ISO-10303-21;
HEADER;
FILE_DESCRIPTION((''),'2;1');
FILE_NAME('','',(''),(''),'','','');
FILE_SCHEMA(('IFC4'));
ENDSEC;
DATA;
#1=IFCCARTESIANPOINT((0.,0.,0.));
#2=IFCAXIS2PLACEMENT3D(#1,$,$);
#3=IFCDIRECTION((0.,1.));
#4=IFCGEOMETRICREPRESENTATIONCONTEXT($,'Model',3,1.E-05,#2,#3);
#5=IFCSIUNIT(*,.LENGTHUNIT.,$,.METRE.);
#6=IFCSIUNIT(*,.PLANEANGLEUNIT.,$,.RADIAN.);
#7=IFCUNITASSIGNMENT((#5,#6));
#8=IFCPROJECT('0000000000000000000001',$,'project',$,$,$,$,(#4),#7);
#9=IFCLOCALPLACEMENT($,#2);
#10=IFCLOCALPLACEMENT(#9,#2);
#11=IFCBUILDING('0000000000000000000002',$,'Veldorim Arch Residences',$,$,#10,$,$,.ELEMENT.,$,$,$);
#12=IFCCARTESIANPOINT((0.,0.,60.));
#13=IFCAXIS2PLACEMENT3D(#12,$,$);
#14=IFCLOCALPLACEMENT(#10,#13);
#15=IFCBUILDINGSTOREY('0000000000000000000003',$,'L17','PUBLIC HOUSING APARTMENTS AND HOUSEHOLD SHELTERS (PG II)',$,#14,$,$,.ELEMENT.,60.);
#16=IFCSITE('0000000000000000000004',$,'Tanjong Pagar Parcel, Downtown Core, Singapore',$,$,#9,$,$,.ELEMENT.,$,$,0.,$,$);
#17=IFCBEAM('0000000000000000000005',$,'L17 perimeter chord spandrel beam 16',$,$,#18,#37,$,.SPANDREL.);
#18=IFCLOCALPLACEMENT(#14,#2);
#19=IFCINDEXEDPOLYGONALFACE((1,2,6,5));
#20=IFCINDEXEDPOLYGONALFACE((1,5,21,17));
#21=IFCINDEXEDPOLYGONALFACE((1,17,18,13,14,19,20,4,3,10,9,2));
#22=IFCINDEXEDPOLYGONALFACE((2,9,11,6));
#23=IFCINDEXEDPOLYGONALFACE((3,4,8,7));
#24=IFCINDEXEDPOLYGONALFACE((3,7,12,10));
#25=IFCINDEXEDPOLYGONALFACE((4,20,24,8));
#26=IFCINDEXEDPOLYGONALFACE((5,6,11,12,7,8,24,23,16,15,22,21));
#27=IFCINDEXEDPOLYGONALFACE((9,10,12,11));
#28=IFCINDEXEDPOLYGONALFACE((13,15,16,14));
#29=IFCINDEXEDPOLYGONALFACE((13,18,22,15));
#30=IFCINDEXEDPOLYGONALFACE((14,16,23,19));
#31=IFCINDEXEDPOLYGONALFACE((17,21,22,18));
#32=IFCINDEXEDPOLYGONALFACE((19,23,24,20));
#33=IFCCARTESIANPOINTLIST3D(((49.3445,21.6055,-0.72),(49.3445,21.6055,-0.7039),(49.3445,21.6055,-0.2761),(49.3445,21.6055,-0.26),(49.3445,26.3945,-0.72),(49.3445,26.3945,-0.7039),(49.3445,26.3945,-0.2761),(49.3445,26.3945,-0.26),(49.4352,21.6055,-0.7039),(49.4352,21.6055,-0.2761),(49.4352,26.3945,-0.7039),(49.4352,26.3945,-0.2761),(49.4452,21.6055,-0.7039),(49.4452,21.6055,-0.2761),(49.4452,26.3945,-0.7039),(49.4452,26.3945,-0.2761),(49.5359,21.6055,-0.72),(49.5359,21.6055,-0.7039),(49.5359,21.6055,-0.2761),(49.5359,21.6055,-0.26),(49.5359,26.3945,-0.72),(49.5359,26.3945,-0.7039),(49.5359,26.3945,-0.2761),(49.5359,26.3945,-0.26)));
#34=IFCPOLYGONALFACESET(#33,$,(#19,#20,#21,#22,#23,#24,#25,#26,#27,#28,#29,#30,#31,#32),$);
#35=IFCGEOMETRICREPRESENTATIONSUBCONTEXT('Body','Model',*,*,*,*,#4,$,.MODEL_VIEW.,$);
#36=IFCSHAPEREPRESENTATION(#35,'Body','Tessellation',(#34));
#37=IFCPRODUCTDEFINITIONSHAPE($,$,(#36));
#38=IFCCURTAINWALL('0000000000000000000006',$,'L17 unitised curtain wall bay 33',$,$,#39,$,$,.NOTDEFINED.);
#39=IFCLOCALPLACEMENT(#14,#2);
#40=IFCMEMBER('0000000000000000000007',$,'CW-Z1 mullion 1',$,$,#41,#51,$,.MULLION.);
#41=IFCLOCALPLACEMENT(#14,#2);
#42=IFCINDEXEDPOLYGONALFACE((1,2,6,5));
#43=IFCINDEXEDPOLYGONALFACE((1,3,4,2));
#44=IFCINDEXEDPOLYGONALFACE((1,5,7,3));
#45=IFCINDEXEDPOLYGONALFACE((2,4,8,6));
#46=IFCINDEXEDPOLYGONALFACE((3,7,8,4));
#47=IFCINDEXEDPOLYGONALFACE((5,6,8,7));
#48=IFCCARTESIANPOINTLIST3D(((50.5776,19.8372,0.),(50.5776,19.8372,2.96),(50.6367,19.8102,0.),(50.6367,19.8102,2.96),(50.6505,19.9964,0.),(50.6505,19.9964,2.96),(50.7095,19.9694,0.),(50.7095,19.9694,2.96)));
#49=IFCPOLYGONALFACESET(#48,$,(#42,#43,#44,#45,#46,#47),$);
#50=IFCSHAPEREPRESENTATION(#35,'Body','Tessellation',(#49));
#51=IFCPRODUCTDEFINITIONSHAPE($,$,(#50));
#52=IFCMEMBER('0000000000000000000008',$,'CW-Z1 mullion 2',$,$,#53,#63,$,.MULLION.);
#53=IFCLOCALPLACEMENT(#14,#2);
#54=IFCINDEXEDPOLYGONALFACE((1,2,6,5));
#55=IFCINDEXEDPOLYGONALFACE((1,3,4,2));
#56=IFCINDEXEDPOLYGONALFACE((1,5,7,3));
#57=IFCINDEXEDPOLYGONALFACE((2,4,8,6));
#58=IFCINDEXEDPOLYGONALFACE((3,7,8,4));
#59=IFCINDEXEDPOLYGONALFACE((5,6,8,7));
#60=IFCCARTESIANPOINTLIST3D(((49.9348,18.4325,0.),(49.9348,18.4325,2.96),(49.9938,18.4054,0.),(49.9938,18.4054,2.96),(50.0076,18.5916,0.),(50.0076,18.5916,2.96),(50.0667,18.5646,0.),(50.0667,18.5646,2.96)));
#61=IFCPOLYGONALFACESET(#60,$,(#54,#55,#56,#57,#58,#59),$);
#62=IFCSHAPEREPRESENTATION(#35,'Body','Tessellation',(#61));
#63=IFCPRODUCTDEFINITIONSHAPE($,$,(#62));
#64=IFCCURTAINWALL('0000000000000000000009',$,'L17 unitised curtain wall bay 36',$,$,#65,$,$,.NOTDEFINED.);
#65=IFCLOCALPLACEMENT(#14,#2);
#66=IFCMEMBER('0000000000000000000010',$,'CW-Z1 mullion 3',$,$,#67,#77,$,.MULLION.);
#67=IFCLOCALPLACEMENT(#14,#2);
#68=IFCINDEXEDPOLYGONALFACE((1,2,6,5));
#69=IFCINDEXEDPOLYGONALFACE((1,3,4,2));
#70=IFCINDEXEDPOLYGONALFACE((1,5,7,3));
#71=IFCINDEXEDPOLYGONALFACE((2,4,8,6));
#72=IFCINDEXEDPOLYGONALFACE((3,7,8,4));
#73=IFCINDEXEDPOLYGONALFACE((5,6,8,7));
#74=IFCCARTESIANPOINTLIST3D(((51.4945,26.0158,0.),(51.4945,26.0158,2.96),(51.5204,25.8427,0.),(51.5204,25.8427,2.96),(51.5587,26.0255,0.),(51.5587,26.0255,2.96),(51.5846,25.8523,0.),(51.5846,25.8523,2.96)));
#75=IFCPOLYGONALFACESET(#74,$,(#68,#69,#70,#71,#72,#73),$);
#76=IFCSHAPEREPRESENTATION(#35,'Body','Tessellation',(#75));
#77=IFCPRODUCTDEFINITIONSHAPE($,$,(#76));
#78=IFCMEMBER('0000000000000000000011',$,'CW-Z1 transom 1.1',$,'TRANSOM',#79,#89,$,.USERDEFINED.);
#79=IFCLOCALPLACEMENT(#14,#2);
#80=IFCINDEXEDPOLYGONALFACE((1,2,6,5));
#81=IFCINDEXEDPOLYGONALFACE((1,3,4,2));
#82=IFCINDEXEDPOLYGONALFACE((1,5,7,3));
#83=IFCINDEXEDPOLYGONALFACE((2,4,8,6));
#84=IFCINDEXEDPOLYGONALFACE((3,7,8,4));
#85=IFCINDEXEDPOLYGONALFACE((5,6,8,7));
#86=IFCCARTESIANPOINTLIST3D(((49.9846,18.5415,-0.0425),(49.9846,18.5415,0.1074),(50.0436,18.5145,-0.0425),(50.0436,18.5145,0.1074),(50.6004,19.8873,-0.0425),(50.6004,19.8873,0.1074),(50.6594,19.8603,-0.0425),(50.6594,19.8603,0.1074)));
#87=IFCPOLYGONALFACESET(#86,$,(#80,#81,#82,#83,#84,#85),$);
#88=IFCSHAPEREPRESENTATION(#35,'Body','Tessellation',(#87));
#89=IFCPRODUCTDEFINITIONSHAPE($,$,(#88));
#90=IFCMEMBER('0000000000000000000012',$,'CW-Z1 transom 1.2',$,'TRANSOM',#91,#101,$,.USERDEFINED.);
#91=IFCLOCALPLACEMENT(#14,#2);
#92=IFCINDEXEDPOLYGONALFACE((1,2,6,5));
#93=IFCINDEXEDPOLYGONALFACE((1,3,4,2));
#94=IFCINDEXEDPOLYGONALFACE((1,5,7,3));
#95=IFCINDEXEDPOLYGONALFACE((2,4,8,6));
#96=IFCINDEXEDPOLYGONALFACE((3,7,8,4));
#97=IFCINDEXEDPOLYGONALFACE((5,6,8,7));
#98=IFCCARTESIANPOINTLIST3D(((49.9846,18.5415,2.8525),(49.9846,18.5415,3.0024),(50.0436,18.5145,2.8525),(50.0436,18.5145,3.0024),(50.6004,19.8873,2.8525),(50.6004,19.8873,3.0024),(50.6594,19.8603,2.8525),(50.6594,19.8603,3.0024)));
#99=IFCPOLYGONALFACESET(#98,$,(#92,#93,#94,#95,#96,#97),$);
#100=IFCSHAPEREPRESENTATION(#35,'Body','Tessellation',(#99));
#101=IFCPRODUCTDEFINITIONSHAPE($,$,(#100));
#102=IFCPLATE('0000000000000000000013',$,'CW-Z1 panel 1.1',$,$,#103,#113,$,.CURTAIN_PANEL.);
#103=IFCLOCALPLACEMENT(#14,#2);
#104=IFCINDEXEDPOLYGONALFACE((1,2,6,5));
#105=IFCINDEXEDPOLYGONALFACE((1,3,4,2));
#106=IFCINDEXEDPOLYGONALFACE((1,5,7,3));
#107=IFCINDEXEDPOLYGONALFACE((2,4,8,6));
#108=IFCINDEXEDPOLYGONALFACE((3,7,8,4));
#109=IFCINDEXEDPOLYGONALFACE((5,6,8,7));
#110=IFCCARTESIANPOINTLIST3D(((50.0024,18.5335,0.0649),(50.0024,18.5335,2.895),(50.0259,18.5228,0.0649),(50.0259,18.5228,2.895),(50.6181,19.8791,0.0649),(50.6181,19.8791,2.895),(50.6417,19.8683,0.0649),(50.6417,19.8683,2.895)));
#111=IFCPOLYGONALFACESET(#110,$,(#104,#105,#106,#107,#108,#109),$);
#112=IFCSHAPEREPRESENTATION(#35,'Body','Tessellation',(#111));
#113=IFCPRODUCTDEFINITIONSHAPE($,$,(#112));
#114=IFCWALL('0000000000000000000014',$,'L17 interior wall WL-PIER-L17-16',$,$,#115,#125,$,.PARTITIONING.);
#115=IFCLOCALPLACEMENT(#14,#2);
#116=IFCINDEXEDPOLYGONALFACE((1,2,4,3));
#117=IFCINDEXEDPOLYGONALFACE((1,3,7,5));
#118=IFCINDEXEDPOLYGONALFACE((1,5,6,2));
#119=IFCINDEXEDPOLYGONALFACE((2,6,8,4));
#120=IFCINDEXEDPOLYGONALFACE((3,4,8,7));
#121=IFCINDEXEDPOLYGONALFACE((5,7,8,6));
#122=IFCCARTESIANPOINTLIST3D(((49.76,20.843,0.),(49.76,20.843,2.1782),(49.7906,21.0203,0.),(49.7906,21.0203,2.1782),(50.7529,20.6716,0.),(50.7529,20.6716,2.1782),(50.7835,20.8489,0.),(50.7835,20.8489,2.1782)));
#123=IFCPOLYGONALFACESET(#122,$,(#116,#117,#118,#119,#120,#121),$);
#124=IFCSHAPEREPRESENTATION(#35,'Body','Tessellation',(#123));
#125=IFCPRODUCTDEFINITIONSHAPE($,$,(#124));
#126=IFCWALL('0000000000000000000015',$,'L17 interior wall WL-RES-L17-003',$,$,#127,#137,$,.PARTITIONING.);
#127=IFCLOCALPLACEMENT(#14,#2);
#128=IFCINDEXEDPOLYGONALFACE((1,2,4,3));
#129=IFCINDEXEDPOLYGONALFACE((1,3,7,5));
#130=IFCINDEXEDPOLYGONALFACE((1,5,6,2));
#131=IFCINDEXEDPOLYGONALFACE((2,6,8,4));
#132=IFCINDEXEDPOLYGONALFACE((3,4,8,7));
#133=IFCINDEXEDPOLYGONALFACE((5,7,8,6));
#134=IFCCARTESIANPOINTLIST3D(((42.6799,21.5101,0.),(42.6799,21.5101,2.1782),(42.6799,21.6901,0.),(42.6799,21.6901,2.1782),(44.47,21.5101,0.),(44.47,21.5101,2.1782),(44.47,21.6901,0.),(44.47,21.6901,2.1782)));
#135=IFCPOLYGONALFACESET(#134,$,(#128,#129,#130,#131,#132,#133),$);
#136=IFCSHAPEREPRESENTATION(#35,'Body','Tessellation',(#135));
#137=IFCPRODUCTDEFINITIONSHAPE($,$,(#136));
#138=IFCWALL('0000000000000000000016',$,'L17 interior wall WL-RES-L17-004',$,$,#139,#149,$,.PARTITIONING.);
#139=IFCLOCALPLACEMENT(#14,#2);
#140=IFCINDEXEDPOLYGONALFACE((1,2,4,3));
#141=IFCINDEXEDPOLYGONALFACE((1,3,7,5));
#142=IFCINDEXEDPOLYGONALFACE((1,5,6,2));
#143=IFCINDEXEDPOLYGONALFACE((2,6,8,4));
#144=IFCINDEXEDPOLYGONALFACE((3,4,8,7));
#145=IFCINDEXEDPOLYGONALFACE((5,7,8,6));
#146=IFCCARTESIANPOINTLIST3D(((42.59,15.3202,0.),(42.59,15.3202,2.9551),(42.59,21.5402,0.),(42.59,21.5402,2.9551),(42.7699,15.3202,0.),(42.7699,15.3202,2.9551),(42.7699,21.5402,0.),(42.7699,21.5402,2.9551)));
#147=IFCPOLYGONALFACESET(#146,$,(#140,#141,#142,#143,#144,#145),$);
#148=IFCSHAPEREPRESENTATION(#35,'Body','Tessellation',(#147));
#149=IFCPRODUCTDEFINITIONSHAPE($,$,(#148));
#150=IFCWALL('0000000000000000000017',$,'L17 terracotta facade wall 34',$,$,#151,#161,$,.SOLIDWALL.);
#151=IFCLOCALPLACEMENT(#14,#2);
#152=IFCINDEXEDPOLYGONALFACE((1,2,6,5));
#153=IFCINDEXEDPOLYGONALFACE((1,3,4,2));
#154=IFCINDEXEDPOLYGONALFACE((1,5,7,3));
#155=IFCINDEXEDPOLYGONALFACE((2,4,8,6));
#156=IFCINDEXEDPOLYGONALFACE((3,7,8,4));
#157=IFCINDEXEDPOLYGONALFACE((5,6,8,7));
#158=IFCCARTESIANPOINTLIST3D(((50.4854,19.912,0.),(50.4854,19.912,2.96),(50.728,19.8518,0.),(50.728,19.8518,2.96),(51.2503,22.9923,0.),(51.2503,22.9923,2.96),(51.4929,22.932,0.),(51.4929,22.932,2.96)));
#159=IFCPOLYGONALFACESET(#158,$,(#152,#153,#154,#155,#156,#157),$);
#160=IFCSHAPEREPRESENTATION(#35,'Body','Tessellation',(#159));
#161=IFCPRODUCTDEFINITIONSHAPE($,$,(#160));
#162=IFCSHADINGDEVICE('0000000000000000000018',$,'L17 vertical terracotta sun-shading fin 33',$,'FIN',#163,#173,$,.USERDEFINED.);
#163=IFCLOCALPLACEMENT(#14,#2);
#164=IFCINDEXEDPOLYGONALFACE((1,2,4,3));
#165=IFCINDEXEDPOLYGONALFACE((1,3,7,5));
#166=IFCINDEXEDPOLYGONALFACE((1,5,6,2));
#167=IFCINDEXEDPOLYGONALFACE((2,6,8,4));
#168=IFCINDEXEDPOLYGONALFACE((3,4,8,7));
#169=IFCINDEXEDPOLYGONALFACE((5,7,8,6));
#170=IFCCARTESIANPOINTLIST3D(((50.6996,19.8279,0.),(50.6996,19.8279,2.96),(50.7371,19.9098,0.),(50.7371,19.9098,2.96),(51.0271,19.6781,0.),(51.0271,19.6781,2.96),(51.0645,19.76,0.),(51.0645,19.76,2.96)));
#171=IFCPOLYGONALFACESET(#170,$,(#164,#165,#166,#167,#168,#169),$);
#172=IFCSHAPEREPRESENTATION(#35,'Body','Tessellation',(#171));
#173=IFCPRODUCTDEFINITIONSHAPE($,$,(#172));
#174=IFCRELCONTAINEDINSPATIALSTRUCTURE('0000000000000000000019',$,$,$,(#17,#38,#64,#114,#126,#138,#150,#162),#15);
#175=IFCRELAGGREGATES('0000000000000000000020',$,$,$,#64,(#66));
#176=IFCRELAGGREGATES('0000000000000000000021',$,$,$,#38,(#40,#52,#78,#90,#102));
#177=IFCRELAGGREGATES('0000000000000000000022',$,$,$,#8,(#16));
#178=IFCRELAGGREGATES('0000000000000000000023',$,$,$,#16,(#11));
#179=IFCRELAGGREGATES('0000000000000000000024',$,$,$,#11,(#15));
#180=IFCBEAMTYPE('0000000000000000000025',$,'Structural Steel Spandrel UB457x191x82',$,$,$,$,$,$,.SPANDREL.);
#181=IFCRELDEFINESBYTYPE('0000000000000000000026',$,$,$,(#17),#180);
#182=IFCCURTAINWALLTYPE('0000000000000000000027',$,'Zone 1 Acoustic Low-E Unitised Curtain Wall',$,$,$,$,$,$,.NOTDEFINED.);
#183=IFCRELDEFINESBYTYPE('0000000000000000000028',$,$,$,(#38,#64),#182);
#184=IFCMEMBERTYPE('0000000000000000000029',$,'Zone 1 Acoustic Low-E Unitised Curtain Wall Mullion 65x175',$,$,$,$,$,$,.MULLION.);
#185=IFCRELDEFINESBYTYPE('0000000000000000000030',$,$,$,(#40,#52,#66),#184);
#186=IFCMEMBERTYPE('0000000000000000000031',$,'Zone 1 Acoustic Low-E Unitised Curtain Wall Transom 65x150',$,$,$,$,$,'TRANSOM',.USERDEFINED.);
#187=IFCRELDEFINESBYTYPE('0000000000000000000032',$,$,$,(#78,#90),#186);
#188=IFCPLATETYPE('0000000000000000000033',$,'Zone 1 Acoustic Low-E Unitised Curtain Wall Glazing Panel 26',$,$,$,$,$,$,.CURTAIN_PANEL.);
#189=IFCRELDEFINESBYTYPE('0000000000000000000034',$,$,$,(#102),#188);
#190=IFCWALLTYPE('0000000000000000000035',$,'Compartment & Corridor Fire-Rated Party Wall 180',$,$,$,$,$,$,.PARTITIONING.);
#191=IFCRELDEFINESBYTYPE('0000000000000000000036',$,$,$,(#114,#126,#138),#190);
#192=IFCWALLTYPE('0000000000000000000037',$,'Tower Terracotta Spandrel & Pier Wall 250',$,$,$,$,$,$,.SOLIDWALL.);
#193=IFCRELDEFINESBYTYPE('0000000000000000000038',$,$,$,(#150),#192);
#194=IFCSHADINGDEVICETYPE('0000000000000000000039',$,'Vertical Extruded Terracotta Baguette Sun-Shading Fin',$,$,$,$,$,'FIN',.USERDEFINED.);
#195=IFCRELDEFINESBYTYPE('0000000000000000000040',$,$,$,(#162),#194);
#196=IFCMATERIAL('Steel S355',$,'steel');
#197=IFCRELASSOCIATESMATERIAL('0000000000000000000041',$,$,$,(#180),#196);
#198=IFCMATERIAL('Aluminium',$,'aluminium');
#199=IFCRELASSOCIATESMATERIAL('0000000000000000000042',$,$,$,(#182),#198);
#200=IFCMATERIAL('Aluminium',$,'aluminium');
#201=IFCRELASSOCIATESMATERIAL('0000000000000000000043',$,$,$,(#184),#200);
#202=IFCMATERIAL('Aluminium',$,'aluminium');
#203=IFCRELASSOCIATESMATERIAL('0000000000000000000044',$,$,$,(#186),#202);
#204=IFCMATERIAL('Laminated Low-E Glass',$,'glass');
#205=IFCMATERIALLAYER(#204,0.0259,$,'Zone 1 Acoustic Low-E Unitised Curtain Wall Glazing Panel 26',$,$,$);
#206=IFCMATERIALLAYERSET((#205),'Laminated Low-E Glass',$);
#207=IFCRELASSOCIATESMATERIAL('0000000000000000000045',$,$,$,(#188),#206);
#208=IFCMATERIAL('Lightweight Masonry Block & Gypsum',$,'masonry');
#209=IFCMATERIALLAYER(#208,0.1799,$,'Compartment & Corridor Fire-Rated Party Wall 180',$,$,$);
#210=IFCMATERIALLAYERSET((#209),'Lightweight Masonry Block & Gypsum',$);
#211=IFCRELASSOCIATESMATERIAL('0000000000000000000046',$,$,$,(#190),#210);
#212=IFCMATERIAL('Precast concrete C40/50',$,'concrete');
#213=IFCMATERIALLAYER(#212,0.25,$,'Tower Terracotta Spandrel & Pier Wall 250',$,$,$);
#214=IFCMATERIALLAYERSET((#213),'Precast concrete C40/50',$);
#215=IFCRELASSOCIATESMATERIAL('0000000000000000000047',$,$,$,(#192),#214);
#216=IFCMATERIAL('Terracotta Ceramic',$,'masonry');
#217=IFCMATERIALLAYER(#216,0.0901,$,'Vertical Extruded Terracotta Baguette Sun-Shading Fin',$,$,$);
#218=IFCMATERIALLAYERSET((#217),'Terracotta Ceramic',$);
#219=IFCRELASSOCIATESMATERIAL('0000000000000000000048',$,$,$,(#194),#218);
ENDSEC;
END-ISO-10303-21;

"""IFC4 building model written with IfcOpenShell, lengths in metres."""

from ifc_helpers import new_model, si_unit, direction, frame, frame_2d, origin, origin_2d, place, context, subcontext, project, spatial, rectangle, i_section, extrude, material, layer, layer_set, material_profile, profile_set, type_object, element, aggregate, save


model = new_model("IFC4")

# Units and contexts
model_context = context("Model", 3, precision=1e-05, world=origin(), true_north=direction((0.0, 1.0)))
body_context = subcontext(model_context, "Body", "Model", "MODEL_VIEW")
ifc_project = project(units=[si_unit("LENGTHUNIT", "METRE"), si_unit("PLANEANGLEUNIT", "RADIAN")], contexts=[model_context])

# Site, building, storey
site_placement = place(None, origin())
site = spatial("IfcSite", under=ifc_project, at=site_placement, Name="Tanjong Pagar Parcel, Downtown Core, Singapore", CompositionType="ELEMENT", RefElevation=0.0)
building_placement = place(site_placement, origin())
building = spatial("IfcBuilding", under=site, at=building_placement, Name="Veldorim Arch Residences", CompositionType="ELEMENT")
storey_placement = place(building_placement, frame((0.0, 0.0, 60.0)))
storey = spatial("IfcBuildingStorey", under=building, at=storey_placement, Name="L17", Description="PUBLIC HOUSING APARTMENTS AND HOUSEHOLD SHELTERS (PG II)", CompositionType="ELEMENT", Elevation=60.0)

# Beam
ifc_material_1 = material(Name="Steel S355", Category="steel")
ifc_material_profile_1 = material_profile(ifc_material_1, i_section(OverallWidth=0.1914, OverallDepth=0.46, WebThickness=0.01, FlangeThickness=0.0161, at=origin_2d()), Name="UB457x191x82")
ifc_profile_set_1 = profile_set([ifc_material_profile_1], Name="Steel S355")
beam_type_1 = type_object("IfcBeamType", Name="Structural Steel Spandrel UB457x191x82", PredefinedType="SPANDREL", material=ifc_profile_set_1)
beam_1_placement = place(storey_placement, frame((49.4402, 21.6055, -0.49), z_axis=(0.0, 1.0, 0.0), x_axis=(-1.0, 0.0, 0.0)))
element("IfcBeam", 1, at=beam_1_placement, inside=storey, type_object=beam_type_1, Name="L17 perimeter chord spandrel beam 16", PredefinedType="SPANDREL", context=body_context, shape_type="SweptSolid", body=[
    extrude(i_section(OverallWidth=0.1914, OverallDepth=0.46, WebThickness=0.01, FlangeThickness=0.0161, at=origin_2d()), origin(), (0.0, 0.0, 1.0), 4.7891),
])

# Curtain wall, members
ifc_material_2 = material(Name="Aluminium", Category="aluminium")
curtain_wall_type = type_object("IfcCurtainWallType", Name="Zone 1 Acoustic Low-E Unitised Curtain Wall", PredefinedType="NOTDEFINED", material=ifc_material_2)
curtain_wall_1_placement = place(storey_placement, origin())
curtain_wall_1 = element("IfcCurtainWall", 2, at=curtain_wall_1_placement, inside=storey, type_object=curtain_wall_type, Name="L17 unitised curtain wall bay 33", PredefinedType="NOTDEFINED")
ifc_material_3 = material(Name="Aluminium", Category="aluminium")
ifc_material_profile_2 = material_profile(ifc_material_3, rectangle(XDim=0.0649, YDim=0.175, at=origin_2d()), Name="ALU_MUL_65x175")
ifc_profile_set_2 = profile_set([ifc_material_profile_2], Name="Aluminium")
member_type_1 = type_object("IfcMemberType", Name="Zone 1 Acoustic Low-E Unitised Curtain Wall Mullion 65x175", PredefinedType="MULLION", material=ifc_profile_set_2)
member_1_placement = place(storey_placement, frame((50.6436, 19.9033, 0.0), z_axis=(0.0, 0.0, 1.0), x_axis=(0.909303, -0.416135, 0.0)))
member_1 = element("IfcMember", 3, at=member_1_placement, type_object=member_type_1, Name="CW-Z1 mullion 1", PredefinedType="MULLION", context=body_context, shape_type="SweptSolid", body=[
    extrude(rectangle(XDim=0.0649, YDim=0.175, at=origin_2d()), origin(), (0.0, 0.0, 1.0), 2.96),
])
member_2_placement = place(storey_placement, frame((50.0007, 18.4985, 0.0), z_axis=(0.0, 0.0, 1.0), x_axis=(0.909303, -0.416135, 0.0)))
member_2 = element("IfcMember", 4, at=member_2_placement, type_object=member_type_1, Name="CW-Z1 mullion 2", PredefinedType="MULLION", context=body_context, shape_type="SweptSolid", body=[
    extrude(rectangle(XDim=0.0649, YDim=0.175, at=origin_2d()), origin(), (0.0, 0.0, 1.0), 2.96),
])

# Curtain wall, member
curtain_wall_2_placement = place(storey_placement, origin())
curtain_wall_2 = element("IfcCurtainWall", 5, at=curtain_wall_2_placement, inside=storey, type_object=curtain_wall_type, Name="L17 unitised curtain wall bay 36", PredefinedType="NOTDEFINED")
member_3_placement = place(storey_placement, frame((51.5396, 25.9341, 0.0), z_axis=(0.0, 0.0, 1.0), x_axis=(0.988941, 0.148306, 0.0)))
member_3 = element("IfcMember", 6, at=member_3_placement, type_object=member_type_1, Name="CW-Z1 mullion 3", PredefinedType="MULLION", context=body_context, shape_type="SweptSolid", body=[
    extrude(rectangle(XDim=0.0649, YDim=0.175, at=origin_2d()), origin(), (0.0, 0.0, 1.0), 2.96),
])
aggregate(curtain_wall_2, [member_3])

# Members
ifc_material_4 = material(Name="Aluminium", Category="aluminium")
ifc_material_profile_3 = material_profile(ifc_material_4, rectangle(XDim=0.0649, YDim=0.1499, at=origin_2d()), Name="ALU_TRN_65x150")
ifc_profile_set_3 = profile_set([ifc_material_profile_3], Name="Aluminium")
member_type_2 = type_object("IfcMemberType", Name="Zone 1 Acoustic Low-E Unitised Curtain Wall Transom 65x150", ElementType="TRANSOM", PredefinedType="USERDEFINED", material=ifc_profile_set_3)
member_4_placement = place(storey_placement, frame((50.6299, 19.8738, 0.0325), z_axis=(-0.416064, -0.909335, 0.0), x_axis=(0.909335, -0.416064, 0.0)))
member_4 = element("IfcMember", 7, at=member_4_placement, type_object=member_type_2, Name="CW-Z1 transom 1.1", ObjectType="TRANSOM", PredefinedType="USERDEFINED", context=body_context, shape_type="SweptSolid", body=[
    extrude(rectangle(XDim=0.0649, YDim=0.1499, at=origin_2d()), origin(), (0.0, 0.0, 1.0), 1.48),
])
member_5_placement = place(storey_placement, frame((50.6299, 19.8738, 2.9275), z_axis=(-0.416064, -0.909335, 0.0), x_axis=(0.909335, -0.416064, 0.0)))
member_5 = element("IfcMember", 8, at=member_5_placement, type_object=member_type_2, Name="CW-Z1 transom 1.2", ObjectType="TRANSOM", PredefinedType="USERDEFINED", context=body_context, shape_type="SweptSolid", body=[
    extrude(rectangle(XDim=0.0649, YDim=0.1499, at=origin_2d()), origin(), (0.0, 0.0, 1.0), 1.48),
])

# Plate
ifc_material_5 = material(Name="Laminated Low-E Glass", Category="glass")
ifc_layer_1 = layer(ifc_material_5, 0.0259, Name="Zone 1 Acoustic Low-E Unitised Curtain Wall Glazing Panel 26")
ifc_layer_set_1 = layer_set([ifc_layer_1], Name="Laminated Low-E Glass")
plate_type = type_object("IfcPlateType", Name="Zone 1 Acoustic Low-E Unitised Curtain Wall Glazing Panel 26", PredefinedType="CURTAIN_PANEL", material=ifc_layer_set_1)
plate_placement = place(storey_placement, frame((50.322, 19.2009, 0.0649), z_axis=(0.0, 0.0, 1.0), x_axis=(-0.416135, -0.909303, 0.0)))
plate = element("IfcPlate", 9, at=plate_placement, type_object=plate_type, Name="CW-Z1 panel 1.1", PredefinedType="CURTAIN_PANEL", context=body_context, shape_type="SweptSolid", body=[
    extrude(rectangle(XDim=1.4797, YDim=0.0259, at=origin_2d()), origin(), (0.0, 0.0, 1.0), 2.8301),
])
aggregate(curtain_wall_1, [member_1, member_2, member_4, member_5, plate])

# Walls
ifc_material_6 = material(Name="Lightweight Masonry Block & Gypsum", Category="masonry")
ifc_layer_2 = layer(ifc_material_6, 0.1799, Name="Compartment & Corridor Fire-Rated Party Wall 180")
ifc_layer_set_2 = layer_set([ifc_layer_2], Name="Lightweight Masonry Block & Gypsum")
wall_type_1 = type_object("IfcWallType", Name="Compartment & Corridor Fire-Rated Party Wall 180", PredefinedType="PARTITIONING", material=ifc_layer_set_2)
wall_1_placement = place(storey_placement, frame((49.7751, 20.9316, 0.0), z_axis=(0.0, 0.0, 1.0), x_axis=(0.985428, -0.170094, 0.0)))
element("IfcWall", 10, at=wall_1_placement, inside=storey, type_object=wall_type_1, Name="L17 interior wall WL-PIER-L17-16", PredefinedType="PARTITIONING", context=body_context, shape_type="SweptSolid", body=[
    extrude(rectangle(XDim=1.0076, YDim=0.1799, at=frame_2d((0.5039, 0.0))), origin(), (0.0, 0.0, 1.0), 2.1782),
])
wall_2_placement = place(storey_placement, frame((44.47, 21.6001, 0.0), z_axis=(0.0, 0.0, 1.0), x_axis=(-1.0, 0.0, 0.0)))
element("IfcWall", 11, at=wall_2_placement, inside=storey, type_object=wall_type_1, Name="L17 interior wall WL-RES-L17-003", PredefinedType="PARTITIONING", context=body_context, shape_type="SweptSolid", body=[
    extrude(rectangle(XDim=1.79, YDim=0.1799, at=frame_2d((0.895, 0.0))), origin(), (0.0, 0.0, 1.0), 2.1782),
])
wall_3_placement = place(storey_placement, frame((42.6799, 21.54, 0.0), z_axis=(0.0, 0.0, 1.0), x_axis=(0.0, -1.0, 0.0)))
element("IfcWall", 12, at=wall_3_placement, inside=storey, type_object=wall_type_1, Name="L17 interior wall WL-RES-L17-004", PredefinedType="PARTITIONING", context=body_context, shape_type="SweptSolid", body=[
    extrude(rectangle(XDim=6.22, YDim=0.1799, at=frame_2d((3.1099, 0.0))), origin(), (0.0, 0.0, 1.0), 2.9551),
])
ifc_material_7 = material(Name="Precast concrete C40/50", Category="concrete")
ifc_layer_3 = layer(ifc_material_7, 0.25, Name="Tower Terracotta Spandrel & Pier Wall 250")
ifc_layer_set_3 = layer_set([ifc_layer_3], Name="Precast concrete C40/50")
wall_type_2 = type_object("IfcWallType", Name="Tower Terracotta Spandrel & Pier Wall 250", PredefinedType="SOLIDWALL", material=ifc_layer_set_3)
wall_4_placement = place(storey_placement, frame((51.3716, 22.9622, 0.0), z_axis=(0.0, 0.0, 1.0), x_axis=(-0.240997, -0.970526, 0.0)))
element("IfcWall", 13, at=wall_4_placement, inside=storey, type_object=wall_type_2, Name="L17 terracotta facade wall 34", PredefinedType="SOLIDWALL", context=body_context, shape_type="SweptSolid", body=[
    extrude(rectangle(XDim=3.1738, YDim=0.25, at=frame_2d((1.5869, 0.0))), origin(), (0.0, 0.0, 1.0), 2.96),
])

# Shading device
ifc_material_8 = material(Name="Terracotta Ceramic", Category="masonry")
ifc_layer_4 = layer(ifc_material_8, 0.0901, Name="Vertical Extruded Terracotta Baguette Sun-Shading Fin")
ifc_layer_set_4 = layer_set([ifc_layer_4], Name="Terracotta Ceramic")
shading_device_type = type_object("IfcShadingDeviceType", Name="Vertical Extruded Terracotta Baguette Sun-Shading Fin", ElementType="FIN", PredefinedType="USERDEFINED", material=ifc_layer_set_4)
shading_device_placement = place(storey_placement, frame((50.8821, 19.7939, 0.0), z_axis=(0.0, 0.0, 1.0), x_axis=(-0.416122, -0.909309, 0.0)))
element("IfcShadingDevice", 14, at=shading_device_placement, inside=storey, type_object=shading_device_type, Name="L17 vertical terracotta sun-shading fin 33", ObjectType="FIN", PredefinedType="USERDEFINED", context=body_context, shape_type="SweptSolid", body=[
    extrude(rectangle(XDim=0.0901, YDim=0.3601, at=origin_2d()), origin(), (0.0, 0.0, 1.0), 2.96),
])

save(model, "model.ifc")
